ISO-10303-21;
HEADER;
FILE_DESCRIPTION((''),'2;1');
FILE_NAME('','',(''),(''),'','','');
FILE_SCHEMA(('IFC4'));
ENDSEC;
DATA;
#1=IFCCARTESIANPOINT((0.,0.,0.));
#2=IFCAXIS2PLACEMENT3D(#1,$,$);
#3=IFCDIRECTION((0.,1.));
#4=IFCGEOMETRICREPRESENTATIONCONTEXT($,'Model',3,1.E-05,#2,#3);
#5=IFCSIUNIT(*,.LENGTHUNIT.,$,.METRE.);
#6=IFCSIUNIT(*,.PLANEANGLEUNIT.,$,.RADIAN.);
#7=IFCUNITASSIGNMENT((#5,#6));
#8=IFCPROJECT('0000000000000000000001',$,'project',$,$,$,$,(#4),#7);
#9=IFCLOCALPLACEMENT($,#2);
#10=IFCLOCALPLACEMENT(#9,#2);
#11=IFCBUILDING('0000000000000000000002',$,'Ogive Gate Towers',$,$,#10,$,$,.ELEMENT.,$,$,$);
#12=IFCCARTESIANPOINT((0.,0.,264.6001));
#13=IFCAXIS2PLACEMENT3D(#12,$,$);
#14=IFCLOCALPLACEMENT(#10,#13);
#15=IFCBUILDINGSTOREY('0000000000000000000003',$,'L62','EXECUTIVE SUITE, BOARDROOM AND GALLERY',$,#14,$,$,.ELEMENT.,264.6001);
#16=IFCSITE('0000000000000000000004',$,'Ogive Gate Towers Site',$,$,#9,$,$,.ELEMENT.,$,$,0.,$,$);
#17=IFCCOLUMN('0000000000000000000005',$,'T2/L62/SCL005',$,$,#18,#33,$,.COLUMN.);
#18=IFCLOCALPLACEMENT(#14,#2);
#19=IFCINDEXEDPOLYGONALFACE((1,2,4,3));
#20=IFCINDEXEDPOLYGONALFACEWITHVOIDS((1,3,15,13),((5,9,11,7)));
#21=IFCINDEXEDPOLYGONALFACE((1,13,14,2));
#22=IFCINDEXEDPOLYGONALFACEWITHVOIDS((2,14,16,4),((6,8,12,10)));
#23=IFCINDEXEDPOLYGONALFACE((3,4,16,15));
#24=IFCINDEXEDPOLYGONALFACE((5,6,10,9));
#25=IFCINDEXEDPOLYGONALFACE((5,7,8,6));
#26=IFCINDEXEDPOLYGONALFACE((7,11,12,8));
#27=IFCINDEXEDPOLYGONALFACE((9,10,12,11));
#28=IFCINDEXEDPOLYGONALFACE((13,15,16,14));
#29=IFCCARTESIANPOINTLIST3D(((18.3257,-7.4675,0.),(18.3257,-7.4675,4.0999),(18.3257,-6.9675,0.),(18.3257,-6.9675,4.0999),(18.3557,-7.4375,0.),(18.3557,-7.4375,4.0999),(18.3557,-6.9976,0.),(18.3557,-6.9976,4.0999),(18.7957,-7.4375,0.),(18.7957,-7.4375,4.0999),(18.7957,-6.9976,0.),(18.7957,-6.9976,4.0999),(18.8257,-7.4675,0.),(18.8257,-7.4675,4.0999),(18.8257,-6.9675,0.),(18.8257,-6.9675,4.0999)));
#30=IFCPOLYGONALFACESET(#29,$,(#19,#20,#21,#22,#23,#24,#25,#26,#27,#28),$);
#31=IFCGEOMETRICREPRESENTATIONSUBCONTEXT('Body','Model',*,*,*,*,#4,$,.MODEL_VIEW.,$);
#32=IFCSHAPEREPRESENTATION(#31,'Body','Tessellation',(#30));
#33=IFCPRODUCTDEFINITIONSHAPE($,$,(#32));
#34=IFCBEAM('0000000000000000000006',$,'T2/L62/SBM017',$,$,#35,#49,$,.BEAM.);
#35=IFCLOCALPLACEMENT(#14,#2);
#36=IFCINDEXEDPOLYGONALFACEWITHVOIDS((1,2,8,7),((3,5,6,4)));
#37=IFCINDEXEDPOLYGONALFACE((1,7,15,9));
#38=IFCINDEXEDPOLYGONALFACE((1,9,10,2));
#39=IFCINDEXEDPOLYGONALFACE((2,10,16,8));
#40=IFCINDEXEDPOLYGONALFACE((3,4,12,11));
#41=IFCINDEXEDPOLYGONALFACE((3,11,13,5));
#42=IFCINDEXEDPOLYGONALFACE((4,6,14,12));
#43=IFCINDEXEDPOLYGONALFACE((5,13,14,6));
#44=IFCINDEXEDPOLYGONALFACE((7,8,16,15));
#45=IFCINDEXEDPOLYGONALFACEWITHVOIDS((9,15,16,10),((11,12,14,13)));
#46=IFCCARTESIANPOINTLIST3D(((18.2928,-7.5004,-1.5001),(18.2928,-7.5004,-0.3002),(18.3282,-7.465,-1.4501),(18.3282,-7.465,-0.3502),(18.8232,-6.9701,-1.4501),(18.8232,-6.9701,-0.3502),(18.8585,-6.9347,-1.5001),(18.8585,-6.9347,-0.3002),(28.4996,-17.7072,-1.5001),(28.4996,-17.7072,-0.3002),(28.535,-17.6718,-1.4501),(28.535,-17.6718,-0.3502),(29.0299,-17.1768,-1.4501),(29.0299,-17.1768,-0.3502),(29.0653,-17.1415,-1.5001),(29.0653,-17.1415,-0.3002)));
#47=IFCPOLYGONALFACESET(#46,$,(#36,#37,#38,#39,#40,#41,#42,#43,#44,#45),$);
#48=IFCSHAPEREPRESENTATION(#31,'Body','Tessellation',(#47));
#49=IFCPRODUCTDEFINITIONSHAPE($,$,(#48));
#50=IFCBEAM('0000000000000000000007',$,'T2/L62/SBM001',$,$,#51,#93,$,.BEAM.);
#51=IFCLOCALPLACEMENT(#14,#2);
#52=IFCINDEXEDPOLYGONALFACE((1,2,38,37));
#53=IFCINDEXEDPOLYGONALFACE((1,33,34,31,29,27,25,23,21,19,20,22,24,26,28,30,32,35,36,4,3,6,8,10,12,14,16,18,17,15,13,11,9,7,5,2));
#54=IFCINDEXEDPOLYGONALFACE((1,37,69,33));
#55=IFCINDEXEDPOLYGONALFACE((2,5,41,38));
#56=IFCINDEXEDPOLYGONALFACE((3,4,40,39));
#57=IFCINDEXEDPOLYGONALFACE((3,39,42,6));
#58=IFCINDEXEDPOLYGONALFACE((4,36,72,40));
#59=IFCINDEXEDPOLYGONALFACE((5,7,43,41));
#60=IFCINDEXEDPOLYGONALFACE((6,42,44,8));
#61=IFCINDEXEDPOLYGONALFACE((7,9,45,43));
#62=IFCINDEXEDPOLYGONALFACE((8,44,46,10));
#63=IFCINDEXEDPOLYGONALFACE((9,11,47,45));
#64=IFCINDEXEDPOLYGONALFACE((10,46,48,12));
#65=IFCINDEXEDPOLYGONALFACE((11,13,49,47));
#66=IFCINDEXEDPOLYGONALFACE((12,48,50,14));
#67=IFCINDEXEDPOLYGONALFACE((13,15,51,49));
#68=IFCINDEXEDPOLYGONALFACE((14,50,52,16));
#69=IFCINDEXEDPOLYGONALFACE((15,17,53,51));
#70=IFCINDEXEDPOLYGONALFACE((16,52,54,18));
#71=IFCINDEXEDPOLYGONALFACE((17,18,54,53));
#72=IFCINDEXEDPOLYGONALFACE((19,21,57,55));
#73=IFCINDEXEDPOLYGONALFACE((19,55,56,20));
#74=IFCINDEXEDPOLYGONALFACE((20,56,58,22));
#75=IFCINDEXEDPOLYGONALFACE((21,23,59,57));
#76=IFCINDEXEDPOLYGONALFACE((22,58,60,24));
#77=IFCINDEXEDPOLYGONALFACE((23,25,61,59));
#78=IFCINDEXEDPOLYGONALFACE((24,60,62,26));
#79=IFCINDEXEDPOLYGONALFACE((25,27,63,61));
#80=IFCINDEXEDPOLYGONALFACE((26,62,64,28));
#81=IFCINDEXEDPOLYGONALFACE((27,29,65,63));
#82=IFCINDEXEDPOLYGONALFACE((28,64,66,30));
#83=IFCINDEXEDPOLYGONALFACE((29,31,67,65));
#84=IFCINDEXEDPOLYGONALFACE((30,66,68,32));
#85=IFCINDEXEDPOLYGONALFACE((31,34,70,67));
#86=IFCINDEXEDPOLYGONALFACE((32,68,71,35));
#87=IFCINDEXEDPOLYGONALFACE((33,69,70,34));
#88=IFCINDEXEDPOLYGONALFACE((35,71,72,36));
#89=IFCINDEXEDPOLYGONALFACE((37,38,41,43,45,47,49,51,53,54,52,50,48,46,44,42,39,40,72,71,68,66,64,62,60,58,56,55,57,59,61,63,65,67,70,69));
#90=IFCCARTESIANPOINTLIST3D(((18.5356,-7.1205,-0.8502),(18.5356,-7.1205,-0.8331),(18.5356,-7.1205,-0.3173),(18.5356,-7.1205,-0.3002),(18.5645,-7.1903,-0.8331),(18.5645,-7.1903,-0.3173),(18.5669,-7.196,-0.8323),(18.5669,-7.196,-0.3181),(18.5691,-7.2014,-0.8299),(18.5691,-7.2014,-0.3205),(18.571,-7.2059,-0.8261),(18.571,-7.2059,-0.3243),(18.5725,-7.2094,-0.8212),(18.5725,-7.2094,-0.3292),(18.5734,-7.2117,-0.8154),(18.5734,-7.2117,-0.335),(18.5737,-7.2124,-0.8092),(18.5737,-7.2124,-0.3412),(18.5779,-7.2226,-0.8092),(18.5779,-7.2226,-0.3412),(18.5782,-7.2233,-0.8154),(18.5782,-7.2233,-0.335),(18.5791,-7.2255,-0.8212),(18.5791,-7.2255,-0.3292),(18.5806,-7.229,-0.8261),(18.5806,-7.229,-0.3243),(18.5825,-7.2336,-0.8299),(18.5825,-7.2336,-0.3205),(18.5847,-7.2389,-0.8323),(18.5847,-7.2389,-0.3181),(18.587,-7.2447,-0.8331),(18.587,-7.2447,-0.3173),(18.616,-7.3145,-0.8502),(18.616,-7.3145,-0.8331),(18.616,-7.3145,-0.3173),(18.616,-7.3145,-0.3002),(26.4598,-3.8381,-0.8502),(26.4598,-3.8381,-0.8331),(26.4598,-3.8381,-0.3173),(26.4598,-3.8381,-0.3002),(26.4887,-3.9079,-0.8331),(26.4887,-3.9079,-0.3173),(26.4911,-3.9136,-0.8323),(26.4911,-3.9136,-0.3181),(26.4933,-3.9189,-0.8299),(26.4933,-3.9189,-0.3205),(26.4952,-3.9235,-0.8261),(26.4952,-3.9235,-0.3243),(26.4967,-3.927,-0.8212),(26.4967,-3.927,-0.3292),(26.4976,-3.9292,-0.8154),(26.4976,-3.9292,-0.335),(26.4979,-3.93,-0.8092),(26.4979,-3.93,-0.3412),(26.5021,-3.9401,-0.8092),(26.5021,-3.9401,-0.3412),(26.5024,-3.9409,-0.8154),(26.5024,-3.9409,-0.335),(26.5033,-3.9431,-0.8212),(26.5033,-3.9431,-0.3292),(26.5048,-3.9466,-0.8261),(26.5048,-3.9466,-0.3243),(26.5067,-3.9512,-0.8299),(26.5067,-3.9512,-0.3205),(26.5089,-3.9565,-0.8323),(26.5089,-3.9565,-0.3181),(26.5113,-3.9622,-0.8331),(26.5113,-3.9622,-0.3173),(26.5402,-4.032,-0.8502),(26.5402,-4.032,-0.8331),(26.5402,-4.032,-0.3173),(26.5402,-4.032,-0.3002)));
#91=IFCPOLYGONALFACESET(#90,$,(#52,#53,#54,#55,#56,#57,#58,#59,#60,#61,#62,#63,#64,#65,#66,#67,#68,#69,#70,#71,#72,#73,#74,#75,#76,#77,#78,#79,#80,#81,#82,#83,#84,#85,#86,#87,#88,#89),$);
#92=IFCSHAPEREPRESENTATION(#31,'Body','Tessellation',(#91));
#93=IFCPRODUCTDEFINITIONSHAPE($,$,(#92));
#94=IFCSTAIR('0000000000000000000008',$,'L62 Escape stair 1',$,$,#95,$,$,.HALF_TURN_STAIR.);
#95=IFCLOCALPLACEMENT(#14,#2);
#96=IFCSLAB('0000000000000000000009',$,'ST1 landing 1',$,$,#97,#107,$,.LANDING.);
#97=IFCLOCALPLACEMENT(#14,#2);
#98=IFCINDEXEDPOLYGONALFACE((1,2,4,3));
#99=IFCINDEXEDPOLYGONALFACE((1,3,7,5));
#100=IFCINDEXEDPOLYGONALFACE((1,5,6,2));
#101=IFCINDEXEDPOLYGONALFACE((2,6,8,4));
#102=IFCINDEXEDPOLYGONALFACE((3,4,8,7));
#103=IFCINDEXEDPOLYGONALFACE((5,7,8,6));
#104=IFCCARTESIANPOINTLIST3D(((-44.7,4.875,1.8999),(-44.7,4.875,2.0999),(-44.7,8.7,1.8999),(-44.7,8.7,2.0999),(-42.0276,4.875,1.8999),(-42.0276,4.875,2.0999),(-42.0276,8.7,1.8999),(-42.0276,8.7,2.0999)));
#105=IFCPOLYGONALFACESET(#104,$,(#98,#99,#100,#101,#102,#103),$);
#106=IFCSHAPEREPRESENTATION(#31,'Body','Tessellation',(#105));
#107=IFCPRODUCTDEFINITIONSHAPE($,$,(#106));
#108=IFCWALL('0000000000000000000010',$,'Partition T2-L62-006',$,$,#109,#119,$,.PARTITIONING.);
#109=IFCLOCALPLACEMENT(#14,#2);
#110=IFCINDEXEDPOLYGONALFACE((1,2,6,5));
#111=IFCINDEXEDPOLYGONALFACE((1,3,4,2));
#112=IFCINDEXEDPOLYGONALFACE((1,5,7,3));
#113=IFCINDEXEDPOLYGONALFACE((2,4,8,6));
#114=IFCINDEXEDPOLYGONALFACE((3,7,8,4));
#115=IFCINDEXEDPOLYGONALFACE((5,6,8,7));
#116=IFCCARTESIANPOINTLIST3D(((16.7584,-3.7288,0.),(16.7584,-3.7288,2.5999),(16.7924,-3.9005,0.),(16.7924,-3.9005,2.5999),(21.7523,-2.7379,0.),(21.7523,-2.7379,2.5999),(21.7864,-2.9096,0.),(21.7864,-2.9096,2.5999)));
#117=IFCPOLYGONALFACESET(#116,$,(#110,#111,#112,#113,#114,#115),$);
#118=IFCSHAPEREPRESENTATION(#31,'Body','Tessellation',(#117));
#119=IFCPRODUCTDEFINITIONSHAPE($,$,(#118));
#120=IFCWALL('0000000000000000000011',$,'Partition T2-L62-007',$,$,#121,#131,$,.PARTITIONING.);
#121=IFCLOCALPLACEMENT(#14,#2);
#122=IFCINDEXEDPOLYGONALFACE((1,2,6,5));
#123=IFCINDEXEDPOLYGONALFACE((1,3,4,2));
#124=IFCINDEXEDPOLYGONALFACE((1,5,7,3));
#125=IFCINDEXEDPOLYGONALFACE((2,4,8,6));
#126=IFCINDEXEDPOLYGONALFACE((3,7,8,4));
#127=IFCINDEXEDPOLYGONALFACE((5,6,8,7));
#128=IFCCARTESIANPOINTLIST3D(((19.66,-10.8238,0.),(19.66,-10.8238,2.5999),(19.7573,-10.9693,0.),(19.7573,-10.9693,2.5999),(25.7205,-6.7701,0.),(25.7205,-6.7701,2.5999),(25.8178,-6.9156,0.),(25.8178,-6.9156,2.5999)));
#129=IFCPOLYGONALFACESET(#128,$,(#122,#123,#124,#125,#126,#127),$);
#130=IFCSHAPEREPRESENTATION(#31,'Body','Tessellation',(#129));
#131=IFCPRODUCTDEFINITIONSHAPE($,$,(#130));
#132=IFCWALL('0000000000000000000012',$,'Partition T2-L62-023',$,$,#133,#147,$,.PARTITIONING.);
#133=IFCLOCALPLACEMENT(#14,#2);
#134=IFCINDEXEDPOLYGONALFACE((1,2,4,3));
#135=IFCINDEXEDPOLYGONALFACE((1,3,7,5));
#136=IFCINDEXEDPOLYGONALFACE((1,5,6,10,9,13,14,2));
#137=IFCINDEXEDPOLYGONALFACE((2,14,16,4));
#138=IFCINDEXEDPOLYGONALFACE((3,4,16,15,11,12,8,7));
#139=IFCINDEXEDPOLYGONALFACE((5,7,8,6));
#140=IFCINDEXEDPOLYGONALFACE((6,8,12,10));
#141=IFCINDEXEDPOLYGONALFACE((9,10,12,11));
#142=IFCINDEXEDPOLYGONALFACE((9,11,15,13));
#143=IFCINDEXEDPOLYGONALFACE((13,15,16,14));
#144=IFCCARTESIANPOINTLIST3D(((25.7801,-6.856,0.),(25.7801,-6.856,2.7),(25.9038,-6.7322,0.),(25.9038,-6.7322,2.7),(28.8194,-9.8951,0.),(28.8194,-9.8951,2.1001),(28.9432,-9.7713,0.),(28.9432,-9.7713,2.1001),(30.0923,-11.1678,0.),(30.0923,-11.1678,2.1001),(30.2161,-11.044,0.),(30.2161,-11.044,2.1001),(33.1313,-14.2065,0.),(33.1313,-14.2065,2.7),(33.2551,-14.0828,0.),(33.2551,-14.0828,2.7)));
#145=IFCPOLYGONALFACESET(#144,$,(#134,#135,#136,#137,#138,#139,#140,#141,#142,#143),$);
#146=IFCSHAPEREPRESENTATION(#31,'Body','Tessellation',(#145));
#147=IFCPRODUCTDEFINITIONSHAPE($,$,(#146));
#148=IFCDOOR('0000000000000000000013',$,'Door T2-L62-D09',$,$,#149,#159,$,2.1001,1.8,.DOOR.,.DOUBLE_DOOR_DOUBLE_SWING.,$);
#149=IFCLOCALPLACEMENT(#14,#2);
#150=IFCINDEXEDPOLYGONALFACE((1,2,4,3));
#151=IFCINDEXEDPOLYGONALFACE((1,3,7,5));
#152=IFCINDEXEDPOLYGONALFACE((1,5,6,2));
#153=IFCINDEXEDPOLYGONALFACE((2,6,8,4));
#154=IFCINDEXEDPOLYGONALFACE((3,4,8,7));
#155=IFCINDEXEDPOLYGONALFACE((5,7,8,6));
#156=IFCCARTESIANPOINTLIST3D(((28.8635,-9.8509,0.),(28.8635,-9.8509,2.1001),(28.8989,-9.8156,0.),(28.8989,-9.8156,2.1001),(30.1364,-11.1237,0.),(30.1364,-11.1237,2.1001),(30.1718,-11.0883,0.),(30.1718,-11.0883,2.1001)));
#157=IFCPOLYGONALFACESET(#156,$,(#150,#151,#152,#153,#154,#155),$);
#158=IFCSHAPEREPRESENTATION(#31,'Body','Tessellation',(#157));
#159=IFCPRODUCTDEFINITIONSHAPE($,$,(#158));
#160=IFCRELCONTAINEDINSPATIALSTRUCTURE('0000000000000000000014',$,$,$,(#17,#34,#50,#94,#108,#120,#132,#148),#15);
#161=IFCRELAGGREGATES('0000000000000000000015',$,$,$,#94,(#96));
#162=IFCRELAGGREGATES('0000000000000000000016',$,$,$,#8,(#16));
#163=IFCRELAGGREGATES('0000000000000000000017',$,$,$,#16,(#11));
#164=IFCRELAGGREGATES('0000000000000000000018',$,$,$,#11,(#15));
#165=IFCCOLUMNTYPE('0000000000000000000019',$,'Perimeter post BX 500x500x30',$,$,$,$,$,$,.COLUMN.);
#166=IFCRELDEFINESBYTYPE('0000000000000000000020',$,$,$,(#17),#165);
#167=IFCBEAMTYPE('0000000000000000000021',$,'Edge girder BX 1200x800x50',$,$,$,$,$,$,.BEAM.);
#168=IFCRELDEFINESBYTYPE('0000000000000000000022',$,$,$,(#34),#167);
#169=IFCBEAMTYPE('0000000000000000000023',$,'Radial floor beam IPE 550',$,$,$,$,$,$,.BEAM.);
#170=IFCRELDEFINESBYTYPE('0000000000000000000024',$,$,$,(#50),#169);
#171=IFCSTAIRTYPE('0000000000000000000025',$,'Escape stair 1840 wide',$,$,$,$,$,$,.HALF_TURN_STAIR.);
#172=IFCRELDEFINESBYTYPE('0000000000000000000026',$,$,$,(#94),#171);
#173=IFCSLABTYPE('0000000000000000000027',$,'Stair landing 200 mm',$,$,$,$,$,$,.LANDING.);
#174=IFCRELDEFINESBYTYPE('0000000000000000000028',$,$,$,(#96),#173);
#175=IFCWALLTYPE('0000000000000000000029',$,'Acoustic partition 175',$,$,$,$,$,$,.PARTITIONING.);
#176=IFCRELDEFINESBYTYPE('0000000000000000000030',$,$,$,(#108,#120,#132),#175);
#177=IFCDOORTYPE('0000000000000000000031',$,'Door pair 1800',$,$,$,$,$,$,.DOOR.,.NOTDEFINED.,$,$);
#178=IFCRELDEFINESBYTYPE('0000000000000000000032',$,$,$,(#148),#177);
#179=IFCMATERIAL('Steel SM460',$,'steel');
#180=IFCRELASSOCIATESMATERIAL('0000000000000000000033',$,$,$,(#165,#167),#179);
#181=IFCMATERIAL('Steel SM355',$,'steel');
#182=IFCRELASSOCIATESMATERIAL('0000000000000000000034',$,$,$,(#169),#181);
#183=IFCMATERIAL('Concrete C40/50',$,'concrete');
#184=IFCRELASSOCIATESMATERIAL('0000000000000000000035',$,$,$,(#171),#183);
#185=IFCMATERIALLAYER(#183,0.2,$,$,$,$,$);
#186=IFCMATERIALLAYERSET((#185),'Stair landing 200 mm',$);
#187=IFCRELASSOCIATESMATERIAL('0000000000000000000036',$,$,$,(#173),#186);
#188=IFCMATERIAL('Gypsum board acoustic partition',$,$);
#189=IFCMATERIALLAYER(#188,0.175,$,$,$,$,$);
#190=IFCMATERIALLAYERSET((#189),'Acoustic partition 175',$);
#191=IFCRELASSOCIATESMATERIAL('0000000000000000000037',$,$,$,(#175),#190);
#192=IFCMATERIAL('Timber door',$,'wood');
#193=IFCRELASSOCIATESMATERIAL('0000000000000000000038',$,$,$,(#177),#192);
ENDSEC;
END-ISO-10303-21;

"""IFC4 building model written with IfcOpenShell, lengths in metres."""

from ifc_helpers import new_model, si_unit, direction, frame, frame_2d, origin, origin_2d, place, context, subcontext, project, spatial, polyline, rectangle, hollow_rectangle, i_section, outline, extrude, material, layer, layer_set, material_profile, profile_set, type_object, element, fill, aggregate, save


model = new_model("IFC4")

# Units and contexts
model_context = context("Model", 3, precision=1e-05, world=origin(), true_north=direction((0.0, 1.0)))
body_context = subcontext(model_context, "Body", "Model", "MODEL_VIEW")
ifc_project = project(units=[si_unit("LENGTHUNIT", "METRE"), si_unit("PLANEANGLEUNIT", "RADIAN")], contexts=[model_context])

# Site, building, storey
site_placement = place(None, origin())
site = spatial("IfcSite", under=ifc_project, at=site_placement, Name="Ogive Gate Towers Site", CompositionType="ELEMENT", RefElevation=0.0)
building_placement = place(site_placement, origin())
building = spatial("IfcBuilding", under=site, at=building_placement, Name="Ogive Gate Towers", CompositionType="ELEMENT")
storey_placement = place(building_placement, frame((0.0, 0.0, 264.6001)))
storey = spatial("IfcBuildingStorey", under=building, at=storey_placement, Name="L62", Description="EXECUTIVE SUITE, BOARDROOM AND GALLERY", CompositionType="ELEMENT", Elevation=264.6001)

# Column
ifc_material_1 = material(Name="Steel SM460", Category="steel")
ifc_material_profile_1 = material_profile(ifc_material_1, hollow_rectangle(XDim=0.5, YDim=0.5, WallThickness=0.03, at=origin_2d()), Name="BX 500x500x30")
ifc_profile_set_1 = profile_set([ifc_material_profile_1], Name="Steel SM460")
column_type = type_object("IfcColumnType", Name="Perimeter post BX 500x500x30", PredefinedType="COLUMN", material=ifc_profile_set_1)
column_placement = place(storey_placement, frame((18.5757, -7.2175, 0.0), z_axis=(0.0, 0.0, 1.0), x_axis=(1.0, 0.0, 0.0)))
element("IfcColumn", 1, at=column_placement, inside=storey, type_object=column_type, Name="T2/L62/SCL005", PredefinedType="COLUMN", context=body_context, shape_type="SweptSolid", body=[
    extrude(hollow_rectangle(XDim=0.5, YDim=0.5, WallThickness=0.03, at=origin_2d()), origin(), (0.0, 0.0, 1.0), 4.0999),
])

# Beams
ifc_material_profile_2 = material_profile(ifc_material_1, hollow_rectangle(XDim=0.8, YDim=1.2, WallThickness=0.05, at=origin_2d()), Name="BX 1200x800x50")
ifc_profile_set_2 = profile_set([ifc_material_profile_2], Name="Steel SM460")
beam_type_1 = type_object("IfcBeamType", Name="Edge girder BX 1200x800x50", PredefinedType="BEAM", material=ifc_profile_set_2)
beam_1_placement = place(storey_placement, frame((18.5757, -7.2175, -0.9001), z_axis=(0.707107, -0.707107, 0.0), x_axis=(0.707107, 0.707107, 0.0)))
element("IfcBeam", 2, at=beam_1_placement, inside=storey, type_object=beam_type_1, Name="T2/L62/SBM017", PredefinedType="BEAM", context=body_context, shape_type="SweptSolid", body=[
    extrude(hollow_rectangle(XDim=0.8, YDim=1.2, WallThickness=0.05, at=origin_2d()), origin(), (0.0, 0.0, 1.0), 14.4346),
])
ifc_material_2 = material(Name="Steel SM355", Category="steel")
ifc_material_profile_3 = material_profile(ifc_material_2, i_section(OverallWidth=0.21, OverallDepth=0.55, WebThickness=0.011, FlangeThickness=0.0171, FilletRadius=0.0239, at=origin_2d()), Name="IPE 550")
ifc_profile_set_3 = profile_set([ifc_material_profile_3], Name="Steel SM355")
beam_type_2 = type_object("IfcBeamType", Name="Radial floor beam IPE 550", PredefinedType="BEAM", material=ifc_profile_set_3)
beam_2_placement = place(storey_placement, frame((26.5, -3.9351, -0.5752), z_axis=(-0.923875, -0.382695, 0.0), x_axis=(0.382695, -0.923875, 0.0)))
element("IfcBeam", 3, at=beam_2_placement, inside=storey, type_object=beam_type_2, Name="T2/L62/SBM001", PredefinedType="BEAM", context=body_context, shape_type="SweptSolid", body=[
    extrude(i_section(OverallWidth=0.21, OverallDepth=0.55, WebThickness=0.011, FlangeThickness=0.0171, FilletRadius=0.0239, at=origin_2d()), origin(), (0.0, 0.0, 1.0), 8.5771),
])

# Stair, slab
ifc_material_3 = material(Name="Concrete C40/50", Category="concrete")
stair_type = type_object("IfcStairType", Name="Escape stair 1840 wide", PredefinedType="HALF_TURN_STAIR", material=ifc_material_3)
stair_1_placement = place(storey_placement, origin())
stair_1 = element("IfcStair", 4, at=stair_1_placement, inside=storey, type_object=stair_type, Name="L62 Escape stair 1", PredefinedType="HALF_TURN_STAIR")
ifc_layer_1 = layer(ifc_material_3, 0.2)
ifc_layer_set_1 = layer_set([ifc_layer_1], Name="Stair landing 200 mm")
slab_type = type_object("IfcSlabType", Name="Stair landing 200 mm", PredefinedType="LANDING", material=ifc_layer_set_1)
slab_placement = place(storey_placement, frame((0.0, 0.0, 1.8999)))
slab = element("IfcSlab", 5, at=slab_placement, type_object=slab_type, Name="ST1 landing 1", PredefinedType="LANDING", context=body_context, shape_type="SweptSolid", body=[
    extrude(outline(polyline([(-42.0276, 8.7), (-44.7, 8.7), (-44.7, 4.875), (-42.0276, 4.875), (-42.0276, 8.7)])), origin(), (0.0, 0.0, 1.0), 0.2),
])
aggregate(stair_1, [slab])

# Walls
ifc_material_4 = material(Name="Gypsum board acoustic partition")
ifc_layer_2 = layer(ifc_material_4, 0.175)
ifc_layer_set_2 = layer_set([ifc_layer_2], Name="Acoustic partition 175")
wall_type_1 = type_object("IfcWallType", Name="Acoustic partition 175", PredefinedType="PARTITIONING", material=ifc_layer_set_2)
wall_1_placement = place(storey_placement, frame((16.7754, -3.8147, 0.0), z_axis=(0.0, 0.0, 1.0), x_axis=(0.980875, 0.19464, 0.0)))
element("IfcWall", 6, at=wall_1_placement, inside=storey, type_object=wall_type_1, Name="Partition T2-L62-006", PredefinedType="PARTITIONING", context=body_context, shape_type="SweptSolid", body=[
    extrude(rectangle(XDim=5.0913, YDim=0.175, at=frame_2d((2.5457, 0.0))), origin(), (0.0, 0.0, 1.0), 2.5999),
])
wall_2_placement = place(storey_placement, frame((19.7087, -10.8965, 0.0), z_axis=(0.0, 0.0, 1.0), x_axis=(0.831205, 0.555967, 0.0)))
element("IfcWall", 7, at=wall_2_placement, inside=storey, type_object=wall_type_1, Name="Partition T2-L62-007", PredefinedType="PARTITIONING", context=body_context, shape_type="SweptSolid", body=[
    extrude(rectangle(XDim=7.2913, YDim=0.175, at=frame_2d((3.6455, 0.0))), origin(), (0.0, 0.0, 1.0), 2.5999),
])

# Wall, opening, door
wall_3_placement = place(storey_placement, frame((25.842, -6.7942, 0.0), z_axis=(0.0, 0.0, 1.0), x_axis=(0.707142, -0.707072, 0.0)))
wall_3 = element("IfcWall", 8, at=wall_3_placement, inside=storey, type_object=wall_type_1, Name="Partition T2-L62-023", PredefinedType="PARTITIONING", context=body_context, shape_type="SweptSolid", body=[
    extrude(rectangle(XDim=10.3958, YDim=0.175, at=frame_2d((5.1978, 0.0))), origin(), (0.0, 0.0, 1.0), 2.7),
])
opening_1_placement = place(wall_3_placement, frame((4.2981, 0.0, 0.0)))
opening_1 = element("IfcOpeningElement", 9, at=opening_1_placement, cuts=wall_3, PredefinedType="OPENING", context=body_context, shape_type="SweptSolid", body=[
    extrude(rectangle(XDim=1.8, YDim=2.1001, at=frame_2d((0.8999, 1.05))), frame((0.0, 0.0977, 0.0), z_axis=(0.0, -1.0, 0.0), x_axis=(1.0, 0.0, 0.0)), (0.0, 0.0, 1.0), 0.1951),
])
ifc_material_5 = material(Name="Timber door", Category="wood")
door_type_1 = type_object("IfcDoorType", Name="Door pair 1800", OperationType="NOTDEFINED", PredefinedType="DOOR", material=ifc_material_5)
door_1_placement = place(opening_1_placement, origin())
door_1 = element("IfcDoor", 10, at=door_1_placement, inside=storey, type_object=door_type_1, Name="Door T2-L62-D09", OperationType="DOUBLE_DOOR_DOUBLE_SWING", OverallHeight=2.1001, OverallWidth=1.8, PredefinedType="DOOR", context=body_context, shape_type="SweptSolid", body=[
    extrude(rectangle(XDim=1.8, YDim=2.1001, at=frame_2d((0.8999, 1.05))), frame((0.0, 0.0249, 0.0), z_axis=(0.0, -1.0, 0.0), x_axis=(1.0, 0.0, 0.0)), (0.0, 0.0, 1.0), 0.05),
])
fill(opening_1, door_1)

save(model, "model.ifc")
